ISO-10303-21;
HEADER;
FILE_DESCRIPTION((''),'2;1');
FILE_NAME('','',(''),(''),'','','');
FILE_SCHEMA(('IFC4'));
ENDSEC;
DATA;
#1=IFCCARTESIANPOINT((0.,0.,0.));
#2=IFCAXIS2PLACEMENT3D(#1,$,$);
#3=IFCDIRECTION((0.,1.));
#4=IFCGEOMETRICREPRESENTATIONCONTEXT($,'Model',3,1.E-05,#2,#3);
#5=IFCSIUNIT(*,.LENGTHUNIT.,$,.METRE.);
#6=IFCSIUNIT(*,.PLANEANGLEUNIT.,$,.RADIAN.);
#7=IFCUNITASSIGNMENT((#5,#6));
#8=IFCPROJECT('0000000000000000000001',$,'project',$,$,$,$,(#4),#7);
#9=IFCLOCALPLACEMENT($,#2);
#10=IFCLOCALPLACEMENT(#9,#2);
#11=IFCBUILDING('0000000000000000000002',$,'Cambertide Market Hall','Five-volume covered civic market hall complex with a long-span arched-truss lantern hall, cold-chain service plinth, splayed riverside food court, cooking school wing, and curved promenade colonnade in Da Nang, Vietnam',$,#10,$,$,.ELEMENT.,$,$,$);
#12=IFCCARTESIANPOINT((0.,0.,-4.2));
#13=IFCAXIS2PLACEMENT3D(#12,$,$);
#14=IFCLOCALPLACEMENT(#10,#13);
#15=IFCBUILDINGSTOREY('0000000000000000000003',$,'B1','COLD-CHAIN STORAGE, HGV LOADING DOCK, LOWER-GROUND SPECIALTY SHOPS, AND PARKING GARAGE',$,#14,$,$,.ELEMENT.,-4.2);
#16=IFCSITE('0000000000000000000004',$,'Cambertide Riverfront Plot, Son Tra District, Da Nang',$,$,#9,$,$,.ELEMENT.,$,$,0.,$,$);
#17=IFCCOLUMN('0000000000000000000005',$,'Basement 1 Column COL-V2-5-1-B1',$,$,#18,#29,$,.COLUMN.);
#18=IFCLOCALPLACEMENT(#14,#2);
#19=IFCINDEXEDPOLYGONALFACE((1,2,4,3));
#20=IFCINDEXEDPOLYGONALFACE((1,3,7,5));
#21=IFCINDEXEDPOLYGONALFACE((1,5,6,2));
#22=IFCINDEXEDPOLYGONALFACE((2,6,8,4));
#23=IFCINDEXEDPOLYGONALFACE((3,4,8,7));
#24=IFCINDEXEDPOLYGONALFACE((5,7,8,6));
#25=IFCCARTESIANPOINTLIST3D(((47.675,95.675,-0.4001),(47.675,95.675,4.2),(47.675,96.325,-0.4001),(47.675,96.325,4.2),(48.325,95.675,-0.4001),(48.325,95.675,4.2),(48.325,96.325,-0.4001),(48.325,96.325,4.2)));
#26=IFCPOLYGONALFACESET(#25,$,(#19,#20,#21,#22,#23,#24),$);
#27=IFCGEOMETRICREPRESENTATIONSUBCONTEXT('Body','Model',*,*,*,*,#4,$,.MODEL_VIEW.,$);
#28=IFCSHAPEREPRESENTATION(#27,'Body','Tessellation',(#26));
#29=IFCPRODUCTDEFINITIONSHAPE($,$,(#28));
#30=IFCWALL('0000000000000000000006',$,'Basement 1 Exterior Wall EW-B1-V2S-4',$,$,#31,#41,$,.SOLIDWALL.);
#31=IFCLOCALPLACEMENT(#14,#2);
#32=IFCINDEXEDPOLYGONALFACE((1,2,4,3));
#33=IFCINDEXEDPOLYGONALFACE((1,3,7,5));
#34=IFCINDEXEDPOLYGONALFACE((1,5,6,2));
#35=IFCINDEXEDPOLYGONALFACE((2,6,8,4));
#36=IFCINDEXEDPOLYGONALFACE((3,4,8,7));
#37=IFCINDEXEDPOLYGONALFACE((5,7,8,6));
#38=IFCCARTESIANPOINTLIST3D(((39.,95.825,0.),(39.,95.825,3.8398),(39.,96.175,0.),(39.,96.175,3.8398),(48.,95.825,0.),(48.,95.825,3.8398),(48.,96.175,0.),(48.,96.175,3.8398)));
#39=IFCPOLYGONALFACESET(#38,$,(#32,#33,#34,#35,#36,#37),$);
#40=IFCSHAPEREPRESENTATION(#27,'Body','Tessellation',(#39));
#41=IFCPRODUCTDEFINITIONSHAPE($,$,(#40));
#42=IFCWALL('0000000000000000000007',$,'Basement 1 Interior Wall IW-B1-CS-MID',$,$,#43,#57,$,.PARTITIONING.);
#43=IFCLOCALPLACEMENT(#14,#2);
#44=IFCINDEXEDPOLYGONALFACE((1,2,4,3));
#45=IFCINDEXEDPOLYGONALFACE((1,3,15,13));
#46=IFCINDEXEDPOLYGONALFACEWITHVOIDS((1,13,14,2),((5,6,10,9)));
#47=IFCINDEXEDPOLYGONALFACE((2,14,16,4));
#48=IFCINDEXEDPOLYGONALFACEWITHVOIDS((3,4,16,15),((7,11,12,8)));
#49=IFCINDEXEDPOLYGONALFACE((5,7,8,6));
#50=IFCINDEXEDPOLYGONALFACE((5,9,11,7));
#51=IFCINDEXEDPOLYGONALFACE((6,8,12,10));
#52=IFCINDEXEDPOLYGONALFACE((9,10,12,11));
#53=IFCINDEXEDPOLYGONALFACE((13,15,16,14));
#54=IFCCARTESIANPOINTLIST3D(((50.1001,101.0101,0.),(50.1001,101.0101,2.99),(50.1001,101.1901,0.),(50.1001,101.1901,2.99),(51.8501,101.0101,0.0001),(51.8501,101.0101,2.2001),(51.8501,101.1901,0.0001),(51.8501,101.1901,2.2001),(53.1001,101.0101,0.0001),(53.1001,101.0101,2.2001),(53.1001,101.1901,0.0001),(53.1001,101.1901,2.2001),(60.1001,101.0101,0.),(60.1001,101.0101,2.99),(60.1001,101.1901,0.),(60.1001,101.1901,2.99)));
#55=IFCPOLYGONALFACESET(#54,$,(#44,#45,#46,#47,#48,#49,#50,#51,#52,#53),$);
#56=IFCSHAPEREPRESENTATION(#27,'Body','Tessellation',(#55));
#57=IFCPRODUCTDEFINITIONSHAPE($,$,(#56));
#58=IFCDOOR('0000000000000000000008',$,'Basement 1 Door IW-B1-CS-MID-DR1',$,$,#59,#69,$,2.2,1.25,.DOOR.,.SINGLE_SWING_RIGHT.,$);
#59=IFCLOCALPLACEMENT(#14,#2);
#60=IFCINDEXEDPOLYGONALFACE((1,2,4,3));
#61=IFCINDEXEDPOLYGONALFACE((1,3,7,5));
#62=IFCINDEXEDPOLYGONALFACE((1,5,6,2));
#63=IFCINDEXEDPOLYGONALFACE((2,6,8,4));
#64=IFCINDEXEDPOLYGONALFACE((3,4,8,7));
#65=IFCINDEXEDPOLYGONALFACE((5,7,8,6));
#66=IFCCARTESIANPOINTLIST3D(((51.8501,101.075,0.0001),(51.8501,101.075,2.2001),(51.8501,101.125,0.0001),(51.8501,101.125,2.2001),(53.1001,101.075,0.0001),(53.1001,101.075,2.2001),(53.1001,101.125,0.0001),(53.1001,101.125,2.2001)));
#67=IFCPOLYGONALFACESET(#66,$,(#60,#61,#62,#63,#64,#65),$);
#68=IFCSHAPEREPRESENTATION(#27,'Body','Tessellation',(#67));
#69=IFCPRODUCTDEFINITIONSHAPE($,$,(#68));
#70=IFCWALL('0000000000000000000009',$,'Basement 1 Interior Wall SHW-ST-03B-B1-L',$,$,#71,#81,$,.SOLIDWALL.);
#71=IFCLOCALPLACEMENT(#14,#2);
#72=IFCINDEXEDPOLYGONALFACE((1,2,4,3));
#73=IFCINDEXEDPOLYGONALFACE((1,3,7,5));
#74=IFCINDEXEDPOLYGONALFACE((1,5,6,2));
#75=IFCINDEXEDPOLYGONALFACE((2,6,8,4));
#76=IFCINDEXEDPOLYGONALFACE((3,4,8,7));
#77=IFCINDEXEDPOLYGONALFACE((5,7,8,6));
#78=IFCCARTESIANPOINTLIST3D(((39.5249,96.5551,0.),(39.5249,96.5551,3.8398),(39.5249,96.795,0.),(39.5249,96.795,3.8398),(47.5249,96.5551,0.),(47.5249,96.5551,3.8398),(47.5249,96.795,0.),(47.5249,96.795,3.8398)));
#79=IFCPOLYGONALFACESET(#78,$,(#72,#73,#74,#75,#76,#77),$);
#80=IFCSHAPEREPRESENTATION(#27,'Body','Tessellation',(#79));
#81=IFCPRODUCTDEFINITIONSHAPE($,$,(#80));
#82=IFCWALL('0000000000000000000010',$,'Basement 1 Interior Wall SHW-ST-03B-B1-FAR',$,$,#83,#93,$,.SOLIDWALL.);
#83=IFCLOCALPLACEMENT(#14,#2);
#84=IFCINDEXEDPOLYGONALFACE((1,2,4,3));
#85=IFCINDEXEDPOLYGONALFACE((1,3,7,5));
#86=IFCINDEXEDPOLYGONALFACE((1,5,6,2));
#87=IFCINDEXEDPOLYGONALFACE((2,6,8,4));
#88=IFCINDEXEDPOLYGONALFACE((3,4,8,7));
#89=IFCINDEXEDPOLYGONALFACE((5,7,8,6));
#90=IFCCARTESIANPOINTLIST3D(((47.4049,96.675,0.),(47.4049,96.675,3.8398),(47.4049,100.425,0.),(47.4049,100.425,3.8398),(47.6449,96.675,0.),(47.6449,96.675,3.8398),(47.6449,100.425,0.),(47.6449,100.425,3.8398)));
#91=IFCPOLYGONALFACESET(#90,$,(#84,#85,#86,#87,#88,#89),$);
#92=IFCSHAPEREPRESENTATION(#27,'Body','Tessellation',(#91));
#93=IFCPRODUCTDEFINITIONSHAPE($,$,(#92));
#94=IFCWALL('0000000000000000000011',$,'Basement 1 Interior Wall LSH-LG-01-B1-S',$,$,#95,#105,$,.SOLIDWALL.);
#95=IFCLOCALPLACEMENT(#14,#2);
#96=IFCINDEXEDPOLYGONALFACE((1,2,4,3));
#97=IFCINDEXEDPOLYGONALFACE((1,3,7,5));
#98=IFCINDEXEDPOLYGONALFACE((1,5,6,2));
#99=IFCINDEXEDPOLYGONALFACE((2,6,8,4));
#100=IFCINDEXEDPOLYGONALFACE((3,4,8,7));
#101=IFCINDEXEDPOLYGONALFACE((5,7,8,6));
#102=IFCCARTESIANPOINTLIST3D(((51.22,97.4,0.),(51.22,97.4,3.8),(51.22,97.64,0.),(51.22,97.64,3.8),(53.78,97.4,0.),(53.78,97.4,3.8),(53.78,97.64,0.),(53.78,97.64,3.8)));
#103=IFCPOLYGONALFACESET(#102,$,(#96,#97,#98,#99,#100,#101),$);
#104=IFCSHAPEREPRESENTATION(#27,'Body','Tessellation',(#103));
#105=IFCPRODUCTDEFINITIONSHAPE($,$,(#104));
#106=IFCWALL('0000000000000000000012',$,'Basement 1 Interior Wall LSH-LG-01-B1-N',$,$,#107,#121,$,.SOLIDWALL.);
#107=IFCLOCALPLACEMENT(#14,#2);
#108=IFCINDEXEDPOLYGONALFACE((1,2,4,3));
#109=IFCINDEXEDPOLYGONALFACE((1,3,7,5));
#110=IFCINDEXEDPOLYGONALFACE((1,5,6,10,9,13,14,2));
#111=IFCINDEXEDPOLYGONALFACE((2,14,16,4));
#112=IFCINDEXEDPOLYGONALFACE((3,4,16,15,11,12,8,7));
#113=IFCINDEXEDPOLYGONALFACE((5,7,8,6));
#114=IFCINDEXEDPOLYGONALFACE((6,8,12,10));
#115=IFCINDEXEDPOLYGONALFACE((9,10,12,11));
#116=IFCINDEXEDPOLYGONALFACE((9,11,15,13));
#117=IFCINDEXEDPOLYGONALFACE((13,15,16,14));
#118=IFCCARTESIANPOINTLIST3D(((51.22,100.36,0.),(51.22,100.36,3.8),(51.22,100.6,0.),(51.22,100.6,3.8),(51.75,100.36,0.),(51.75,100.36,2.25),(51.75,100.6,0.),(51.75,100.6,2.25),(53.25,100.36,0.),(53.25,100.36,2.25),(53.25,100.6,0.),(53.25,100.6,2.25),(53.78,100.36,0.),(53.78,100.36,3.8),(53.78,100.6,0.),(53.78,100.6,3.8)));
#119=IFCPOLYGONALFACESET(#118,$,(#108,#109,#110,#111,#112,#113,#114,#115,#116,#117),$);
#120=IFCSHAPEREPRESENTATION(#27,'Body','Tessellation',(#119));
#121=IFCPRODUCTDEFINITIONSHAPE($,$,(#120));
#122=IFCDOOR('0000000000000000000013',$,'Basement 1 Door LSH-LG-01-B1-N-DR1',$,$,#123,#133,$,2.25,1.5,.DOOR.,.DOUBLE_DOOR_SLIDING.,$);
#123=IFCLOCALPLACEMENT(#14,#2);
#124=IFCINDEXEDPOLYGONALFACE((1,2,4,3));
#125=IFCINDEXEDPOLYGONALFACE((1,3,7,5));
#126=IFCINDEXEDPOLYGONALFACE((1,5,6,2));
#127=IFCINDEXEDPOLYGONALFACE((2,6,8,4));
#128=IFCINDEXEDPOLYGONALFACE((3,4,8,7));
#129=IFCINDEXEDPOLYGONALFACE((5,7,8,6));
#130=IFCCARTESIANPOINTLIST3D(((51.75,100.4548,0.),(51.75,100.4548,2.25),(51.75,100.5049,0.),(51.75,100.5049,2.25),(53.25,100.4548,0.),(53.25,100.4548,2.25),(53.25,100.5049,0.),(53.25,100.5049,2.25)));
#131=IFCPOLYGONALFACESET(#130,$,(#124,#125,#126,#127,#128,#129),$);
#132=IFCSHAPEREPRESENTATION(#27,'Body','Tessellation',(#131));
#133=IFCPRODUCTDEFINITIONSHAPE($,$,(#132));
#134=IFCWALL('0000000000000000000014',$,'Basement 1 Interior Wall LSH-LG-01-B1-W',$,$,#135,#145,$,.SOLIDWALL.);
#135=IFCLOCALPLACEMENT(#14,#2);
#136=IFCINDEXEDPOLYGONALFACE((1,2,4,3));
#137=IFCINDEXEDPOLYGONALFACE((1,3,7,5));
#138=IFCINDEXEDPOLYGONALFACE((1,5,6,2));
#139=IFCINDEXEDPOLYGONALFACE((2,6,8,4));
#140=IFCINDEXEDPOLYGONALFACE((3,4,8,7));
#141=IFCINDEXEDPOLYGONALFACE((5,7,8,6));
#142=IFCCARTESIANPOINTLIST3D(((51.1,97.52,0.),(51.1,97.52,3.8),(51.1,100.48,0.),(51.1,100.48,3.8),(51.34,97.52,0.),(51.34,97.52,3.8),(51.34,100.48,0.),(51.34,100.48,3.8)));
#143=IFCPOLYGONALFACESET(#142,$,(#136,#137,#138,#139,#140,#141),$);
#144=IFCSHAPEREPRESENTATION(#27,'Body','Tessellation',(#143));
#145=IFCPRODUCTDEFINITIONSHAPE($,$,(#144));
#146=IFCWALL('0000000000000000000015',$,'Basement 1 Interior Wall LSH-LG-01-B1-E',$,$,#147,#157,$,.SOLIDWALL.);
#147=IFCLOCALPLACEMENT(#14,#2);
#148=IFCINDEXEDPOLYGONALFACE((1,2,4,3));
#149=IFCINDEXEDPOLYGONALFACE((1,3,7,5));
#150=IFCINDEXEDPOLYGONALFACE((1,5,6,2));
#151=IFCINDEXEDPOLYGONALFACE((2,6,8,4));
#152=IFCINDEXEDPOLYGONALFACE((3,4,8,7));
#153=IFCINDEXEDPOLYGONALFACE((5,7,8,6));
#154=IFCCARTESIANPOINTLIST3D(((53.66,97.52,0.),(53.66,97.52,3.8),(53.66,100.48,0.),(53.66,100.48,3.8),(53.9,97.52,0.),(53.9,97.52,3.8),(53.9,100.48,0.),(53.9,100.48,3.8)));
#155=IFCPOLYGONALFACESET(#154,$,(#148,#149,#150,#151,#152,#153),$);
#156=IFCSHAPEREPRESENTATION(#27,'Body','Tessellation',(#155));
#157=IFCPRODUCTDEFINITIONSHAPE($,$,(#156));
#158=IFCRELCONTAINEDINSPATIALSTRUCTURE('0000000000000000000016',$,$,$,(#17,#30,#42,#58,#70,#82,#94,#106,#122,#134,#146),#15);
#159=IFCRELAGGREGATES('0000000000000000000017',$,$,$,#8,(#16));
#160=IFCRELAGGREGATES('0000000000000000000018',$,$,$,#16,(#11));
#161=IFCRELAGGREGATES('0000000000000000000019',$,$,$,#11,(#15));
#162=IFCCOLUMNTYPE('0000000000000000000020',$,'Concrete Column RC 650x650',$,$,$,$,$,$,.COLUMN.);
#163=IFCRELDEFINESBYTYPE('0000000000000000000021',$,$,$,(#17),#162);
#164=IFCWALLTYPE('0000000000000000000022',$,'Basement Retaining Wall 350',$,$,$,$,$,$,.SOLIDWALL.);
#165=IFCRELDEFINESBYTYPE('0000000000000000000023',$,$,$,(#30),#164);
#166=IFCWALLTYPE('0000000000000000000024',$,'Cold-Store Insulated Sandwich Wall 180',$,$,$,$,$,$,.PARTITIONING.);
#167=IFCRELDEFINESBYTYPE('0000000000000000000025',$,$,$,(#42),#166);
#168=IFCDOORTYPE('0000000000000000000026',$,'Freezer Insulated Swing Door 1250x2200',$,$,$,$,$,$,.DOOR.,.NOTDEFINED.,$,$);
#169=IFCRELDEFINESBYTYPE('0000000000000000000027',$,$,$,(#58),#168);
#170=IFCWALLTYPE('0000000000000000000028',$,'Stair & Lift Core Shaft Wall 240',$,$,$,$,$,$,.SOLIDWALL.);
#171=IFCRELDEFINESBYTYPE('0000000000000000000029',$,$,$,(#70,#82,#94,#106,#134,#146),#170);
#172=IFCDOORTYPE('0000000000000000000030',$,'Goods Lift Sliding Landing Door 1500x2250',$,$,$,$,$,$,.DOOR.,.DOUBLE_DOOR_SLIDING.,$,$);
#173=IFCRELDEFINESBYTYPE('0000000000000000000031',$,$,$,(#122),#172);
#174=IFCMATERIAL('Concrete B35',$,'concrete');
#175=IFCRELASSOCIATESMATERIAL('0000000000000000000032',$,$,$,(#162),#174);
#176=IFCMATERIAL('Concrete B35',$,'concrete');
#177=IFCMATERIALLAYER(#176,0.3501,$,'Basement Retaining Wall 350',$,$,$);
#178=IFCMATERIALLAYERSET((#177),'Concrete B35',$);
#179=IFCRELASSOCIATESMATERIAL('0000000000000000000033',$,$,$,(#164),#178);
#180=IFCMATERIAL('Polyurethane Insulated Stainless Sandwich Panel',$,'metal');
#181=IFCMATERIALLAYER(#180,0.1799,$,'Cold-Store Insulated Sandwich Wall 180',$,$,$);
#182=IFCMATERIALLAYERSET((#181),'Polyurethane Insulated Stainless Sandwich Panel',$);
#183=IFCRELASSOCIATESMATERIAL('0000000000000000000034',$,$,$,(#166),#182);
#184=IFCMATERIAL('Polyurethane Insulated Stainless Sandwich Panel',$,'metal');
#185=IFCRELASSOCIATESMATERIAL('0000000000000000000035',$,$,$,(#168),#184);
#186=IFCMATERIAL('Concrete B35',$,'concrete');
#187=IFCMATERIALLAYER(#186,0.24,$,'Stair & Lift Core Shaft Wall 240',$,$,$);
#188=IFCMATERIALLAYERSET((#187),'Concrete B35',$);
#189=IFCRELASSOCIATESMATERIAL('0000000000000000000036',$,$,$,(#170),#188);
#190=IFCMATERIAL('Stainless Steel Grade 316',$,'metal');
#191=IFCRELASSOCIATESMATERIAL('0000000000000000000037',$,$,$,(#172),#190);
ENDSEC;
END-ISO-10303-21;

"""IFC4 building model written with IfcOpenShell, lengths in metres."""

from ifc_helpers import new_model, si_unit, direction, frame, frame_2d, origin, origin_2d, place, context, subcontext, project, spatial, rectangle, extrude, material, layer, layer_set, material_profile, profile_set, type_object, element, fill, save


model = new_model("IFC4")

# Units and contexts
model_context = context("Model", 3, precision=1e-05, world=origin(), true_north=direction((0.0, 1.0)))
body_context = subcontext(model_context, "Body", "Model", "MODEL_VIEW")
ifc_project = project(units=[si_unit("LENGTHUNIT", "METRE"), si_unit("PLANEANGLEUNIT", "RADIAN")], contexts=[model_context])

# Site, building, storey
site_placement = place(None, origin())
site = spatial("IfcSite", under=ifc_project, at=site_placement, Name="Cambertide Riverfront Plot, Son Tra District, Da Nang", CompositionType="ELEMENT", RefElevation=0.0)
building_placement = place(site_placement, origin())
building = spatial("IfcBuilding", under=site, at=building_placement, Name="Cambertide Market Hall", Description="Five-volume covered civic market hall complex with a long-span arched-truss lantern hall, cold-chain service plinth, splayed riverside food court, cooking school wing, and curved promenade colonnade in Da Nang, Vietnam", CompositionType="ELEMENT")
storey_placement = place(building_placement, frame((0.0, 0.0, -4.2)))
storey = spatial("IfcBuildingStorey", under=building, at=storey_placement, Name="B1", Description="COLD-CHAIN STORAGE, HGV LOADING DOCK, LOWER-GROUND SPECIALTY SHOPS, AND PARKING GARAGE", CompositionType="ELEMENT", Elevation=-4.2)

# Column
ifc_material_1 = material(Name="Concrete B35", Category="concrete")
ifc_material_profile_1 = material_profile(ifc_material_1, rectangle(XDim=0.6499, YDim=0.6499, at=origin_2d()), Name="RC 650x650")
ifc_profile_set_1 = profile_set([ifc_material_profile_1], Name="Concrete B35")
column_type = type_object("IfcColumnType", Name="Concrete Column RC 650x650", PredefinedType="COLUMN", material=ifc_profile_set_1)
column_placement = place(storey_placement, frame((48.0, 96.0, -0.4001), z_axis=(0.0, 0.0, 1.0), x_axis=(1.0, 0.0, 0.0)))
element("IfcColumn", 1, at=column_placement, inside=storey, type_object=column_type, Name="Basement 1 Column COL-V2-5-1-B1", PredefinedType="COLUMN", context=body_context, shape_type="SweptSolid", body=[
    extrude(rectangle(XDim=0.6499, YDim=0.6499, at=origin_2d()), origin(), (0.0, 0.0, 1.0), 4.6001),
])

# Wall
ifc_material_2 = material(Name="Concrete B35", Category="concrete")
ifc_layer_1 = layer(ifc_material_2, 0.3501, Name="Basement Retaining Wall 350")
ifc_layer_set_1 = layer_set([ifc_layer_1], Name="Concrete B35")
wall_type_1 = type_object("IfcWallType", Name="Basement Retaining Wall 350", PredefinedType="SOLIDWALL", material=ifc_layer_set_1)
wall_1_placement = place(storey_placement, frame((48.0, 96.0, 0.0), z_axis=(0.0, 0.0, 1.0), x_axis=(-1.0, 0.0, 0.0)))
element("IfcWall", 2, at=wall_1_placement, inside=storey, type_object=wall_type_1, Name="Basement 1 Exterior Wall EW-B1-V2S-4", PredefinedType="SOLIDWALL", context=body_context, shape_type="SweptSolid", body=[
    extrude(rectangle(XDim=9.0, YDim=0.3501, at=frame_2d((4.5, 0.0))), origin(), (0.0, 0.0, 1.0), 3.8398),
])

# Wall, opening, door
ifc_material_3 = material(Name="Polyurethane Insulated Stainless Sandwich Panel", Category="metal")
ifc_layer_2 = layer(ifc_material_3, 0.1799, Name="Cold-Store Insulated Sandwich Wall 180")
ifc_layer_set_2 = layer_set([ifc_layer_2], Name="Polyurethane Insulated Stainless Sandwich Panel")
wall_type_2 = type_object("IfcWallType", Name="Cold-Store Insulated Sandwich Wall 180", PredefinedType="PARTITIONING", material=ifc_layer_set_2)
wall_2_placement = place(storey_placement, frame((50.1001, 101.1001, 0.0), z_axis=(0.0, 0.0, 1.0), x_axis=(1.0, 0.0, 0.0)))
wall_2 = element("IfcWall", 3, at=wall_2_placement, inside=storey, type_object=wall_type_2, Name="Basement 1 Interior Wall IW-B1-CS-MID", PredefinedType="PARTITIONING", context=body_context, shape_type="SweptSolid", body=[
    extrude(rectangle(XDim=10.0, YDim=0.1799, at=frame_2d((5.0, 0.0))), origin(), (0.0, 0.0, 1.0), 2.99),
])
opening_1_placement = place(wall_2_placement, frame((1.75, 0.0, 0.0)))
opening_1 = element("IfcOpeningElement", 4, at=opening_1_placement, cuts=wall_2, PredefinedType="OPENING", context=body_context, shape_type="SweptSolid", body=[
    extrude(rectangle(XDim=1.25, YDim=2.2, at=frame_2d((0.625, 1.1001))), frame((0.0, 0.0999, 0.0), z_axis=(0.0, -1.0, 0.0), x_axis=(1.0, 0.0, 0.0)), (0.0, 0.0, 1.0), 0.2),
])
ifc_material_4 = material(Name="Polyurethane Insulated Stainless Sandwich Panel", Category="metal")
door_type_1 = type_object("IfcDoorType", Name="Freezer Insulated Swing Door 1250x2200", OperationType="NOTDEFINED", PredefinedType="DOOR", material=ifc_material_4)
door_1_placement = place(opening_1_placement, origin())
door_1 = element("IfcDoor", 5, at=door_1_placement, inside=storey, type_object=door_type_1, Name="Basement 1 Door IW-B1-CS-MID-DR1", OperationType="SINGLE_SWING_RIGHT", OverallHeight=2.2, OverallWidth=1.25, PredefinedType="DOOR", context=body_context, shape_type="SweptSolid", body=[
    extrude(rectangle(XDim=1.25, YDim=2.2, at=frame_2d((0.625, 1.1001))), frame((0.0, 0.0249, 0.0), z_axis=(0.0, -1.0, 0.0), x_axis=(1.0, 0.0, 0.0)), (0.0, 0.0, 1.0), 0.05),
])
fill(opening_1, door_1)

# Walls
ifc_material_5 = material(Name="Concrete B35", Category="concrete")
ifc_layer_3 = layer(ifc_material_5, 0.24, Name="Stair & Lift Core Shaft Wall 240")
ifc_layer_set_3 = layer_set([ifc_layer_3], Name="Concrete B35")
wall_type_3 = type_object("IfcWallType", Name="Stair & Lift Core Shaft Wall 240", PredefinedType="SOLIDWALL", material=ifc_layer_set_3)
wall_3_placement = place(storey_placement, frame((47.5249, 96.675, 0.0), z_axis=(0.0, 0.0, 1.0), x_axis=(-1.0, 0.0, 0.0)))
element("IfcWall", 6, at=wall_3_placement, inside=storey, type_object=wall_type_3, Name="Basement 1 Interior Wall SHW-ST-03B-B1-L", PredefinedType="SOLIDWALL", context=body_context, shape_type="SweptSolid", body=[
    extrude(rectangle(XDim=8.0, YDim=0.24, at=frame_2d((4.0, 0.0))), origin(), (0.0, 0.0, 1.0), 3.8398),
])
wall_4_placement = place(storey_placement, frame((47.5249, 100.425, 0.0), z_axis=(0.0, 0.0, 1.0), x_axis=(0.0, -1.0, 0.0)))
element("IfcWall", 7, at=wall_4_placement, inside=storey, type_object=wall_type_3, Name="Basement 1 Interior Wall SHW-ST-03B-B1-FAR", PredefinedType="SOLIDWALL", context=body_context, shape_type="SweptSolid", body=[
    extrude(rectangle(XDim=3.75, YDim=0.24, at=frame_2d((1.875, 0.0))), origin(), (0.0, 0.0, 1.0), 3.8398),
])
wall_5_placement = place(storey_placement, frame((53.78, 97.52, 0.0), z_axis=(0.0, 0.0, 1.0), x_axis=(-1.0, 0.0, 0.0)))
element("IfcWall", 8, at=wall_5_placement, inside=storey, type_object=wall_type_3, Name="Basement 1 Interior Wall LSH-LG-01-B1-S", PredefinedType="SOLIDWALL", context=body_context, shape_type="SweptSolid", body=[
    extrude(rectangle(XDim=2.5601, YDim=0.24, at=frame_2d((1.28, 0.0))), origin(), (0.0, 0.0, 1.0), 3.8),
])

# Wall, opening, door
wall_6_placement = place(storey_placement, frame((51.22, 100.48, 0.0), z_axis=(0.0, 0.0, 1.0), x_axis=(1.0, 0.0, 0.0)))
wall_6 = element("IfcWall", 9, at=wall_6_placement, inside=storey, type_object=wall_type_3, Name="Basement 1 Interior Wall LSH-LG-01-B1-N", PredefinedType="SOLIDWALL", context=body_context, shape_type="SweptSolid", body=[
    extrude(rectangle(XDim=2.5601, YDim=0.24, at=frame_2d((1.28, 0.0))), origin(), (0.0, 0.0, 1.0), 3.8),
])
opening_2_placement = place(wall_6_placement, frame((0.53, 0.0, 0.0)))
opening_2 = element("IfcOpeningElement", 10, at=opening_2_placement, cuts=wall_6, PredefinedType="OPENING", context=body_context, shape_type="SweptSolid", body=[
    extrude(rectangle(XDim=1.5, YDim=2.25, at=frame_2d((0.75, 1.125))), frame((0.0, 0.1299, 0.0), z_axis=(0.0, -1.0, 0.0), x_axis=(1.0, 0.0, 0.0)), (0.0, 0.0, 1.0), 0.26),
])
ifc_material_6 = material(Name="Stainless Steel Grade 316", Category="metal")
door_type_2 = type_object("IfcDoorType", Name="Goods Lift Sliding Landing Door 1500x2250", OperationType="DOUBLE_DOOR_SLIDING", PredefinedType="DOOR", material=ifc_material_6)
door_2_placement = place(opening_2_placement, origin())
door_2 = element("IfcDoor", 11, at=door_2_placement, inside=storey, type_object=door_type_2, Name="Basement 1 Door LSH-LG-01-B1-N-DR1", OperationType="DOUBLE_DOOR_SLIDING", OverallHeight=2.25, OverallWidth=1.5, PredefinedType="DOOR", context=body_context, shape_type="SweptSolid", body=[
    extrude(rectangle(XDim=1.5, YDim=2.25, at=frame_2d((0.75, 1.125))), frame((0.0, 0.0249, 0.0), z_axis=(0.0, -1.0, 0.0), x_axis=(1.0, 0.0, 0.0)), (0.0, 0.0, 1.0), 0.05),
])
fill(opening_2, door_2)

# Walls
for number, where, z_axis, x_axis, name in (
    (12, (51.22, 97.52, 0.0), (0.0, 0.0, 1.0), (0.0, 1.0, 0.0), "Basement 1 Interior Wall LSH-LG-01-B1-W"),
    (13, (53.78, 100.48, 0.0), (0.0, 0.0, 1.0), (0.0, -1.0, 0.0), "Basement 1 Interior Wall LSH-LG-01-B1-E"),
):
    element("IfcWall", number, at=place(storey_placement, frame(where, z_axis=z_axis, x_axis=x_axis)), inside=storey, type_object=wall_type_3, Name=name, PredefinedType="SOLIDWALL", context=body_context, shape_type="SweptSolid", body=[
        extrude(rectangle(XDim=2.96, YDim=0.24, at=frame_2d((1.48, 0.0))), origin(), (0.0, 0.0, 1.0), 3.8),
    ])

save(model, "model.ifc")
